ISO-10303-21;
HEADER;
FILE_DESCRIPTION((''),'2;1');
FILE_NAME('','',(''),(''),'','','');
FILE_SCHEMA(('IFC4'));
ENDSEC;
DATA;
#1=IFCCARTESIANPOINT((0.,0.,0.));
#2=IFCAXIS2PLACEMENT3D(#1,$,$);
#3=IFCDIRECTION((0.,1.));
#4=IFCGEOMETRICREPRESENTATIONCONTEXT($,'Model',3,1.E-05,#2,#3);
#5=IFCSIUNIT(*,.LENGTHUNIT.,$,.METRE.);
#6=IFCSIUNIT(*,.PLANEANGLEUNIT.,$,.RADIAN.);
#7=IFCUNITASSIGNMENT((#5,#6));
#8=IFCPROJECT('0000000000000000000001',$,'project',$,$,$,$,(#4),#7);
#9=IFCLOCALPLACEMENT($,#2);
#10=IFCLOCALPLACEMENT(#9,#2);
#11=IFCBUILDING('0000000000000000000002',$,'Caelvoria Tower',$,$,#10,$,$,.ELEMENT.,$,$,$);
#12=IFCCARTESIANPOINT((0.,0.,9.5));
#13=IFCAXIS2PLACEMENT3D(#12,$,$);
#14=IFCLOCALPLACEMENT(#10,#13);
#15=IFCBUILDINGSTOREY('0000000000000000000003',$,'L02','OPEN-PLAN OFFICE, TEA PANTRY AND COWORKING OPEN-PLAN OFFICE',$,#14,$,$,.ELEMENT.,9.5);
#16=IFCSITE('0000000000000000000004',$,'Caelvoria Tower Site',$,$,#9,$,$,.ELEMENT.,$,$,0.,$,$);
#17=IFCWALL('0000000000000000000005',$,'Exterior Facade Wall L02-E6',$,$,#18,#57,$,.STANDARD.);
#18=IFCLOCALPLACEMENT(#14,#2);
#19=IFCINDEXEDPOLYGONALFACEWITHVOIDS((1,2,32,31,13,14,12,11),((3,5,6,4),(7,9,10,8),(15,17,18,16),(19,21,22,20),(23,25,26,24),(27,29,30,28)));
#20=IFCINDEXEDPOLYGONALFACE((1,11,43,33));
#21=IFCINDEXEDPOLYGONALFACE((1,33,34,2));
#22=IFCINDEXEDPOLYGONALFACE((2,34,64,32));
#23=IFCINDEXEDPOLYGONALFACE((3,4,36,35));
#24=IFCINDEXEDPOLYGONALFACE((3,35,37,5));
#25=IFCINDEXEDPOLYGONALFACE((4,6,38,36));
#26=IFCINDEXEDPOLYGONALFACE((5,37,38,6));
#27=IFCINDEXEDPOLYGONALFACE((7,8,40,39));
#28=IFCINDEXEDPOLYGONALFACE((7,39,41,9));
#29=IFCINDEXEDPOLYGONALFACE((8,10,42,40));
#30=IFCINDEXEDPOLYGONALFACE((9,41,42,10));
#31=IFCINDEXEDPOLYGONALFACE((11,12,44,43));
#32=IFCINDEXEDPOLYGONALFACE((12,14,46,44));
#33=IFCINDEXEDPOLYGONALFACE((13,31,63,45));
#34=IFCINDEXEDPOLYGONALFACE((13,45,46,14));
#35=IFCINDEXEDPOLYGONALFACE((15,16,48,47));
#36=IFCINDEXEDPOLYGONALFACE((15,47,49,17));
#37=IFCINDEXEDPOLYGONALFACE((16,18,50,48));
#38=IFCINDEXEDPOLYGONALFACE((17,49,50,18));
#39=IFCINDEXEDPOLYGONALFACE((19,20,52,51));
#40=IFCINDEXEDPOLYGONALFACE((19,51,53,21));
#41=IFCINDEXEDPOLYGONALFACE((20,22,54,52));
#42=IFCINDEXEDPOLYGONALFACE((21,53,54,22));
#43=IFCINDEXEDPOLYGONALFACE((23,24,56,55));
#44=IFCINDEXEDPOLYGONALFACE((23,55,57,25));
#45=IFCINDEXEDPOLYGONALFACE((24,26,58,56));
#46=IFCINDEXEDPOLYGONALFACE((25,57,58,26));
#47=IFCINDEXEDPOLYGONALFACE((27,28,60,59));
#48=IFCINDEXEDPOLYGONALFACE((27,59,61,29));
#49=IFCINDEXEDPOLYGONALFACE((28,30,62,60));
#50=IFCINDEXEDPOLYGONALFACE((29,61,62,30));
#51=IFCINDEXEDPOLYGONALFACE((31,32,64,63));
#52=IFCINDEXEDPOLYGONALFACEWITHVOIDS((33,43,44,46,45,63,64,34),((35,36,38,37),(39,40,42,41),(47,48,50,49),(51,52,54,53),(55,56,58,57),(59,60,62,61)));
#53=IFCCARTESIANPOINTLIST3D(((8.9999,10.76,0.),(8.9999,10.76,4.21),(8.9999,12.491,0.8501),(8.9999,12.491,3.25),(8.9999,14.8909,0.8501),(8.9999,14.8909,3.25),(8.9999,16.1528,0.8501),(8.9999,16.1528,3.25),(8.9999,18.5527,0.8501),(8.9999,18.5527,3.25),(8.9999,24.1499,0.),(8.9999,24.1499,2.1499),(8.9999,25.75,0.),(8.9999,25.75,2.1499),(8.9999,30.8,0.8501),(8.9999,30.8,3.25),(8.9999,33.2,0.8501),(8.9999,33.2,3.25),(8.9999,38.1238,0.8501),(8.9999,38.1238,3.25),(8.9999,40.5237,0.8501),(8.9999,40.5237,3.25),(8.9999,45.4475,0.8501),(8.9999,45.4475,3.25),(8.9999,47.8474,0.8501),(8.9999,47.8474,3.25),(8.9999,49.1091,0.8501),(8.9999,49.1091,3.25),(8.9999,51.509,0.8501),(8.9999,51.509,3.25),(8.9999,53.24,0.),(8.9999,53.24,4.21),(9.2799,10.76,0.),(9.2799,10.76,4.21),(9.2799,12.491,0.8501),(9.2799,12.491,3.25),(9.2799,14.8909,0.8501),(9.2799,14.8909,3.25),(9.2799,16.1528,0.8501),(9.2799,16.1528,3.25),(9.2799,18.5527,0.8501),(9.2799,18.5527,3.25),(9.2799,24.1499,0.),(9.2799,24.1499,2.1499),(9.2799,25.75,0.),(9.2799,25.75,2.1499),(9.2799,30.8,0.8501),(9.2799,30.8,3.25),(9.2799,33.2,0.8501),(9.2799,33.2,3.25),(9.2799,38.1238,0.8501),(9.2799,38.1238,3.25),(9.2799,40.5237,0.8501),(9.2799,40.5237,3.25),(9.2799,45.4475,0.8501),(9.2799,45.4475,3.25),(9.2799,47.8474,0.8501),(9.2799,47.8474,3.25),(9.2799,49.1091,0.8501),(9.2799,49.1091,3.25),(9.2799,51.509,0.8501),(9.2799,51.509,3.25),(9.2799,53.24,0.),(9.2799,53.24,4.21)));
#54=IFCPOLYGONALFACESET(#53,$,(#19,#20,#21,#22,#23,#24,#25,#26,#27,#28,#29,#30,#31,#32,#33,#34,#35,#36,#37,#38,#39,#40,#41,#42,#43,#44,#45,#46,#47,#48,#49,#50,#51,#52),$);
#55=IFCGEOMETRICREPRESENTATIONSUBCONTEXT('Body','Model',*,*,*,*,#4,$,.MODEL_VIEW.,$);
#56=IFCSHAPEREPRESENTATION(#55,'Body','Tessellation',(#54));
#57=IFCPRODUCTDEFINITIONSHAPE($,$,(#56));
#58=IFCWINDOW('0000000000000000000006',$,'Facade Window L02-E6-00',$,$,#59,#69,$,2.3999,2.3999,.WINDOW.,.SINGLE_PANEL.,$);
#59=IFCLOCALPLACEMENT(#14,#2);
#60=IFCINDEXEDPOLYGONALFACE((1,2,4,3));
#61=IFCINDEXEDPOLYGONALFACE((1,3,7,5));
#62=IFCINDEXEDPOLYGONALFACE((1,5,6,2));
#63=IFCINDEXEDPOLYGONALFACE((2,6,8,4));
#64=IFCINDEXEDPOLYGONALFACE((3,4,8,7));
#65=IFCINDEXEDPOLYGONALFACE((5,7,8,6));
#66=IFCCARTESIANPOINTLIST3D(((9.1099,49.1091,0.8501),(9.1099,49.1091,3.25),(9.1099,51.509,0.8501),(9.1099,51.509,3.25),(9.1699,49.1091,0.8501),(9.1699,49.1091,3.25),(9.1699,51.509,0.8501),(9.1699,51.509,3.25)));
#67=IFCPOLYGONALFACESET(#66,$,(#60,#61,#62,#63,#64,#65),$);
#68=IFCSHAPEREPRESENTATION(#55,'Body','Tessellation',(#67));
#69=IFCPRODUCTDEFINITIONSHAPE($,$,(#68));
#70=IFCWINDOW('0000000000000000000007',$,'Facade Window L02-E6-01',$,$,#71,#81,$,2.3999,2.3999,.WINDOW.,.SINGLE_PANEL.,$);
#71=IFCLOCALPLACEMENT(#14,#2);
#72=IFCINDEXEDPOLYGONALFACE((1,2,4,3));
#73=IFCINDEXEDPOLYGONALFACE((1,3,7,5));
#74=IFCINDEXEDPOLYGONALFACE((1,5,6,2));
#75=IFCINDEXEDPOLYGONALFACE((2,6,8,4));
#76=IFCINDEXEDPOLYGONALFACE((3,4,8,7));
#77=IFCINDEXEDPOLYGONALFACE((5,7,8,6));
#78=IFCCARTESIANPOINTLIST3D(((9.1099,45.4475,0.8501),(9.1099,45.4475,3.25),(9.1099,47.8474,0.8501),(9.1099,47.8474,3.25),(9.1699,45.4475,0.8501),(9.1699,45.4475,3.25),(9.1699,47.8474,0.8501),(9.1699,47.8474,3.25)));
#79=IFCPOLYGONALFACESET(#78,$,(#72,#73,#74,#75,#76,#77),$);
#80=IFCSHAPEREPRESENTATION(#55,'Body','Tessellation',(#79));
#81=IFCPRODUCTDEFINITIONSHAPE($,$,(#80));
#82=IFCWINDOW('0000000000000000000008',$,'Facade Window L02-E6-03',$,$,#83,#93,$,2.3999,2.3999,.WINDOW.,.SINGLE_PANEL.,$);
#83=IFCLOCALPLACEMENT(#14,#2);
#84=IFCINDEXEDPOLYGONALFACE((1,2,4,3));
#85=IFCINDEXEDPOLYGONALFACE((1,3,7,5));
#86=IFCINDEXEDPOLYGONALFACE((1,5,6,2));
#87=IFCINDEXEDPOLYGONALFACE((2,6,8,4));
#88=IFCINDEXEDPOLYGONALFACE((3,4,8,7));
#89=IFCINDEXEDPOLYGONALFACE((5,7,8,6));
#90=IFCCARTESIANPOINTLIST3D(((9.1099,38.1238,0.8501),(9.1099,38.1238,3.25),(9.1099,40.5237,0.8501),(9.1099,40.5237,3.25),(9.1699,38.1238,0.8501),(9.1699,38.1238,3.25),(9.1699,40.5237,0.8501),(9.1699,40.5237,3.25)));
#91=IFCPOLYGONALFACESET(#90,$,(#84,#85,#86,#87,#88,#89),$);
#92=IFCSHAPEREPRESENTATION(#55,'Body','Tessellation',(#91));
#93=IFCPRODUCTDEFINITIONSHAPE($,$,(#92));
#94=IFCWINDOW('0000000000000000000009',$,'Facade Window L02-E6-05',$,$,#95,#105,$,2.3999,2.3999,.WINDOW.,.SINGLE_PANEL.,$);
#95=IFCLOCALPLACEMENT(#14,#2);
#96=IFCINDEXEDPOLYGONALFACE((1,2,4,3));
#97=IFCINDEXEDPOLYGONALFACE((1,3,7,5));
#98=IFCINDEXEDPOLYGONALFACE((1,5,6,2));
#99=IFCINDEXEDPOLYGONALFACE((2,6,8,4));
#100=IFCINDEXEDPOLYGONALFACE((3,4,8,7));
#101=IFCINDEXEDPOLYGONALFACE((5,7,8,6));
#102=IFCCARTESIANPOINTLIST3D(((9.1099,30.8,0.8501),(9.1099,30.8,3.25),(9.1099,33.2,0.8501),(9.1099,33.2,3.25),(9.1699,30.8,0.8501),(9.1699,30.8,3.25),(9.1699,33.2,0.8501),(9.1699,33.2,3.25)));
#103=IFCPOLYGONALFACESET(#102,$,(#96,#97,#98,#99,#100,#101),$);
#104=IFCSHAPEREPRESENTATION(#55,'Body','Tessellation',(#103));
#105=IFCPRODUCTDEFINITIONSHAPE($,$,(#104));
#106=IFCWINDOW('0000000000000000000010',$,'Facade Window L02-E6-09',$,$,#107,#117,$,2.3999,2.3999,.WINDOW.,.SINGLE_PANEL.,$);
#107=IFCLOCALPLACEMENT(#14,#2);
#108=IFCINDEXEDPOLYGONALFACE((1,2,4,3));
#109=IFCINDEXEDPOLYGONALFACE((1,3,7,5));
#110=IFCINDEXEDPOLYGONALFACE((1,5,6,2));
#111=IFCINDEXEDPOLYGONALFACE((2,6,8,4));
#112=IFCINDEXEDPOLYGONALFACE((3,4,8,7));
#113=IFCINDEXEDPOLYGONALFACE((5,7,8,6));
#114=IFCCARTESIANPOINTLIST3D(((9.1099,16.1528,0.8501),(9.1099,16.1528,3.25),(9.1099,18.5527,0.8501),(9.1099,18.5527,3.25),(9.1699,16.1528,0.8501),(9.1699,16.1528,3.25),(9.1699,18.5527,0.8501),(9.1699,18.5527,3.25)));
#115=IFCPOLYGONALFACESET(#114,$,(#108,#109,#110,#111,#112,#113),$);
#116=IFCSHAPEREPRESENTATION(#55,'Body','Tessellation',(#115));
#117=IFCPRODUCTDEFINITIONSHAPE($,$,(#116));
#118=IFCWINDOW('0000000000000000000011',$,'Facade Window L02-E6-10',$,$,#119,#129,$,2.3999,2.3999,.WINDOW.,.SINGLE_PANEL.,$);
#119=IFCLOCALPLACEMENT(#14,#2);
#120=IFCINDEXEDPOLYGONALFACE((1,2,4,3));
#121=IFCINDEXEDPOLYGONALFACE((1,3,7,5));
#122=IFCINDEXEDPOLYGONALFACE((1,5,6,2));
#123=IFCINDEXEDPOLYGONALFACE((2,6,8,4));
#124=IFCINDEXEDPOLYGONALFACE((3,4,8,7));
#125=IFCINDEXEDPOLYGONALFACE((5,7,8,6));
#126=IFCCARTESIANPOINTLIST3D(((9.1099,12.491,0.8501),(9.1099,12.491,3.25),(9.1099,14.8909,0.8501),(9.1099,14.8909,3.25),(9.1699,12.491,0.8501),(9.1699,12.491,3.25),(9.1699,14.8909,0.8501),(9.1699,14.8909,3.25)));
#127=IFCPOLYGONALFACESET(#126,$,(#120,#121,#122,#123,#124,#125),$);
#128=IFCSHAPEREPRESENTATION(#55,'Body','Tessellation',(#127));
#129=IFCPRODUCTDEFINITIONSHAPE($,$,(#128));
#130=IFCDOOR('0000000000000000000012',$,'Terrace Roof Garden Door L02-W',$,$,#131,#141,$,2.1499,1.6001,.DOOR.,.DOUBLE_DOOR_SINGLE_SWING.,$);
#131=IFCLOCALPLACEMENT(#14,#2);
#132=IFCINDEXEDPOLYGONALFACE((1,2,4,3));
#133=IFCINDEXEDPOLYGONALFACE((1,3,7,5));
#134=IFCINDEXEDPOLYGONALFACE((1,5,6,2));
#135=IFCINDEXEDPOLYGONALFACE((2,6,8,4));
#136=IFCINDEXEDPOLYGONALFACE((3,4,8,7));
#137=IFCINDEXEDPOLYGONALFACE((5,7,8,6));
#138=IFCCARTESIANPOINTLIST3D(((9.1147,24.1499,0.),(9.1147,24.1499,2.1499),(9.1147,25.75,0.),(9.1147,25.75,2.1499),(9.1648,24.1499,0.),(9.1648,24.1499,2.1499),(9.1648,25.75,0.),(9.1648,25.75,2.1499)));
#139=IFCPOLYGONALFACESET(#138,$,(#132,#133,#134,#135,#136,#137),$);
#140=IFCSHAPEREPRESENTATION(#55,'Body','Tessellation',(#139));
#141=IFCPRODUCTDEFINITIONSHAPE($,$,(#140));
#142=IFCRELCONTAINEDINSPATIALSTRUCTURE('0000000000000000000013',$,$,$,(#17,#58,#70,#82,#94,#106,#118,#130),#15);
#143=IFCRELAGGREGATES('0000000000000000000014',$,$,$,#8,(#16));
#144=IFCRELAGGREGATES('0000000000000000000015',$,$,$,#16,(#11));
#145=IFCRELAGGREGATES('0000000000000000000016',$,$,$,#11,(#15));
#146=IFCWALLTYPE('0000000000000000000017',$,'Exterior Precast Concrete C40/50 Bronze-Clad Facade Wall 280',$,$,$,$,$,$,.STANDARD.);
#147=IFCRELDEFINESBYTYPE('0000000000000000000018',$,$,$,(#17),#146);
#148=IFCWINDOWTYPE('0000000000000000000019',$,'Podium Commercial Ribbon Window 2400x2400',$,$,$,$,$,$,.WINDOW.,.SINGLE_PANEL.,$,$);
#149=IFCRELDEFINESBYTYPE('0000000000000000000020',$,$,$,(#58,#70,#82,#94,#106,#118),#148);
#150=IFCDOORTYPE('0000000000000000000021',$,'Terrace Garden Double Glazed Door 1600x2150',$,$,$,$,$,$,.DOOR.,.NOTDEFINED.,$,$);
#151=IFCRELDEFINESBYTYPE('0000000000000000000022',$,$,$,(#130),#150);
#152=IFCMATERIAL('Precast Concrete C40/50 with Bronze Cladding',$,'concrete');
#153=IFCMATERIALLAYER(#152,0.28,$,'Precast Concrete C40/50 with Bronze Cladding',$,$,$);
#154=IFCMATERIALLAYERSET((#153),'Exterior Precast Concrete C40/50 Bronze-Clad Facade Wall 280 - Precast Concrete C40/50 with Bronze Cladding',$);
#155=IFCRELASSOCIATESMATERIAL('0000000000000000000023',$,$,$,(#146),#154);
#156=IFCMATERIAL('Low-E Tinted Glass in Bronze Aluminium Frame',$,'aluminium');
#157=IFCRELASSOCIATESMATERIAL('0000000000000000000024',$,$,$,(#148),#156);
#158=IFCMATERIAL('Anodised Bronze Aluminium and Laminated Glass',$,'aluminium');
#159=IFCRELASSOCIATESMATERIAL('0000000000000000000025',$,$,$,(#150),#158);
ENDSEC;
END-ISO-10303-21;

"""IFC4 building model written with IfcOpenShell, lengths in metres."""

from ifc_helpers import new_model, si_unit, direction, frame, frame_2d, origin, place, context, subcontext, project, spatial, rectangle, extrude, material, layer, layer_set, type_object, element, fill, save


model = new_model("IFC4")

# Units and contexts
model_context = context("Model", 3, precision=1e-05, world=origin(), true_north=direction((0.0, 1.0)))
body_context = subcontext(model_context, "Body", "Model", "MODEL_VIEW")
ifc_project = project(units=[si_unit("LENGTHUNIT", "METRE"), si_unit("PLANEANGLEUNIT", "RADIAN")], contexts=[model_context])

# Site, building, storey
site_placement = place(None, origin())
site = spatial("IfcSite", under=ifc_project, at=site_placement, Name="Caelvoria Tower Site", CompositionType="ELEMENT", RefElevation=0.0)
building_placement = place(site_placement, origin())
building = spatial("IfcBuilding", under=site, at=building_placement, Name="Caelvoria Tower", CompositionType="ELEMENT")
storey_placement = place(building_placement, frame((0.0, 0.0, 9.5)))
storey = spatial("IfcBuildingStorey", under=building, at=storey_placement, Name="L02", Description="OPEN-PLAN OFFICE, TEA PANTRY AND COWORKING OPEN-PLAN OFFICE", CompositionType="ELEMENT", Elevation=9.5)

# Wall, openings, windows, door
ifc_material_1 = material(Name="Precast Concrete C40/50 with Bronze Cladding", Category="concrete")
ifc_layer_1 = layer(ifc_material_1, 0.28, Name="Precast Concrete C40/50 with Bronze Cladding")
ifc_layer_set_1 = layer_set([ifc_layer_1], Name="Exterior Precast Concrete C40/50 Bronze-Clad Facade Wall 280 - Precast Concrete C40/50 with Bronze Cladding")
wall_type_1 = type_object("IfcWallType", Name="Exterior Precast Concrete C40/50 Bronze-Clad Facade Wall 280", PredefinedType="STANDARD", material=ifc_layer_set_1)
wall_1_placement = place(storey_placement, frame((9.1399, 53.24, 0.0), z_axis=(0.0, 0.0, 1.0), x_axis=(0.0, -1.0, 0.0)))
wall_1 = element("IfcWall", 1, at=wall_1_placement, inside=storey, type_object=wall_type_1, Name="Exterior Facade Wall L02-E6", PredefinedType="STANDARD", context=body_context, shape_type="SweptSolid", body=[
    extrude(rectangle(XDim=42.48, YDim=0.28, at=frame_2d((21.24, 0.0))), origin(), (0.0, 0.0, 1.0), 4.21),
])
opening_1_placement = place(wall_1_placement, frame((27.49, 0.0, 0.0)))
opening_1 = element("IfcOpeningElement", 2, at=opening_1_placement, cuts=wall_1, PredefinedType="OPENING", context=body_context, shape_type="SweptSolid", body=[
    extrude(rectangle(XDim=1.6001, YDim=2.1499, at=frame_2d((0.8, 1.075))), frame((0.0, 0.1499, 0.0), z_axis=(0.0, -1.0, 0.0), x_axis=(1.0, 0.0, 0.0)), (0.0, 0.0, 1.0), 0.3),
])
opening_2_placement = place(wall_1_placement, frame((1.731, 0.0, 0.8501)))
opening_2 = element("IfcOpeningElement", 3, at=opening_2_placement, cuts=wall_1, PredefinedType="OPENING", context=body_context, shape_type="SweptSolid", body=[
    extrude(rectangle(XDim=2.3999, YDim=2.3999, at=frame_2d((1.2, 1.2))), frame((0.0, 0.1499, 0.0), z_axis=(0.0, -1.0, 0.0), x_axis=(1.0, 0.0, 0.0)), (0.0, 0.0, 1.0), 0.3),
])
opening_3_placement = place(wall_1_placement, frame((5.3926, 0.0, 0.8501)))
opening_3 = element("IfcOpeningElement", 4, at=opening_3_placement, cuts=wall_1, PredefinedType="OPENING", context=body_context, shape_type="SweptSolid", body=[
    extrude(rectangle(XDim=2.3999, YDim=2.3999, at=frame_2d((1.2, 1.2))), frame((0.0, 0.1499, 0.0), z_axis=(0.0, -1.0, 0.0), x_axis=(1.0, 0.0, 0.0)), (0.0, 0.0, 1.0), 0.3),
])
opening_4_placement = place(wall_1_placement, frame((12.7163, 0.0, 0.8501)))
opening_4 = element("IfcOpeningElement", 5, at=opening_4_placement, cuts=wall_1, PredefinedType="OPENING", context=body_context, shape_type="SweptSolid", body=[
    extrude(rectangle(XDim=2.3999, YDim=2.3999, at=frame_2d((1.2, 1.2))), frame((0.0, 0.1499, 0.0), z_axis=(0.0, -1.0, 0.0), x_axis=(1.0, 0.0, 0.0)), (0.0, 0.0, 1.0), 0.3),
])
opening_5_placement = place(wall_1_placement, frame((20.04, 0.0, 0.8501)))
opening_5 = element("IfcOpeningElement", 6, at=opening_5_placement, cuts=wall_1, PredefinedType="OPENING", context=body_context, shape_type="SweptSolid", body=[
    extrude(rectangle(XDim=2.3999, YDim=2.3999, at=frame_2d((1.2, 1.2))), frame((0.0, 0.1499, 0.0), z_axis=(0.0, -1.0, 0.0), x_axis=(1.0, 0.0, 0.0)), (0.0, 0.0, 1.0), 0.3),
])
opening_6_placement = place(wall_1_placement, frame((34.6873, 0.0, 0.8501)))
opening_6 = element("IfcOpeningElement", 7, at=opening_6_placement, cuts=wall_1, PredefinedType="OPENING", context=body_context, shape_type="SweptSolid", body=[
    extrude(rectangle(XDim=2.3999, YDim=2.3999, at=frame_2d((1.2, 1.2))), frame((0.0, 0.1499, 0.0), z_axis=(0.0, -1.0, 0.0), x_axis=(1.0, 0.0, 0.0)), (0.0, 0.0, 1.0), 0.3),
])
opening_7_placement = place(wall_1_placement, frame((38.3491, 0.0, 0.8501)))
opening_7 = element("IfcOpeningElement", 8, at=opening_7_placement, cuts=wall_1, PredefinedType="OPENING", context=body_context, shape_type="SweptSolid", body=[
    extrude(rectangle(XDim=2.3999, YDim=2.3999, at=frame_2d((1.2, 1.2))), frame((0.0, 0.1499, 0.0), z_axis=(0.0, -1.0, 0.0), x_axis=(1.0, 0.0, 0.0)), (0.0, 0.0, 1.0), 0.3),
])
ifc_material_2 = material(Name="Low-E Tinted Glass in Bronze Aluminium Frame", Category="aluminium")
window_type = type_object("IfcWindowType", Name="Podium Commercial Ribbon Window 2400x2400", PartitioningType="SINGLE_PANEL", PredefinedType="WINDOW", material=ifc_material_2)
window_1_placement = place(opening_2_placement, origin())
window_1 = element("IfcWindow", 9, at=window_1_placement, inside=storey, type_object=window_type, Name="Facade Window L02-E6-00", OverallHeight=2.3999, OverallWidth=2.3999, PartitioningType="SINGLE_PANEL", PredefinedType="WINDOW", context=body_context, shape_type="SweptSolid", body=[
    extrude(rectangle(XDim=2.3999, YDim=2.3999, at=frame_2d((1.2, 1.2))), frame((0.0, 0.03, 0.0), z_axis=(0.0, -1.0, 0.0), x_axis=(1.0, 0.0, 0.0)), (0.0, 0.0, 1.0), 0.0601),
])
fill(opening_2, window_1)
window_2_placement = place(opening_3_placement, origin())
window_2 = element("IfcWindow", 10, at=window_2_placement, inside=storey, type_object=window_type, Name="Facade Window L02-E6-01", OverallHeight=2.3999, OverallWidth=2.3999, PartitioningType="SINGLE_PANEL", PredefinedType="WINDOW", context=body_context, shape_type="SweptSolid", body=[
    extrude(rectangle(XDim=2.3999, YDim=2.3999, at=frame_2d((1.2, 1.2))), frame((0.0, 0.03, 0.0), z_axis=(0.0, -1.0, 0.0), x_axis=(1.0, 0.0, 0.0)), (0.0, 0.0, 1.0), 0.0601),
])
fill(opening_3, window_2)
window_3_placement = place(opening_4_placement, origin())
window_3 = element("IfcWindow", 11, at=window_3_placement, inside=storey, type_object=window_type, Name="Facade Window L02-E6-03", OverallHeight=2.3999, OverallWidth=2.3999, PartitioningType="SINGLE_PANEL", PredefinedType="WINDOW", context=body_context, shape_type="SweptSolid", body=[
    extrude(rectangle(XDim=2.3999, YDim=2.3999, at=frame_2d((1.2, 1.2))), frame((0.0, 0.03, 0.0), z_axis=(0.0, -1.0, 0.0), x_axis=(1.0, 0.0, 0.0)), (0.0, 0.0, 1.0), 0.0601),
])
fill(opening_4, window_3)
window_4_placement = place(opening_5_placement, origin())
window_4 = element("IfcWindow", 12, at=window_4_placement, inside=storey, type_object=window_type, Name="Facade Window L02-E6-05", OverallHeight=2.3999, OverallWidth=2.3999, PartitioningType="SINGLE_PANEL", PredefinedType="WINDOW", context=body_context, shape_type="SweptSolid", body=[
    extrude(rectangle(XDim=2.3999, YDim=2.3999, at=frame_2d((1.2, 1.2))), frame((0.0, 0.03, 0.0), z_axis=(0.0, -1.0, 0.0), x_axis=(1.0, 0.0, 0.0)), (0.0, 0.0, 1.0), 0.0601),
])
fill(opening_5, window_4)
window_5_placement = place(opening_6_placement, origin())
window_5 = element("IfcWindow", 13, at=window_5_placement, inside=storey, type_object=window_type, Name="Facade Window L02-E6-09", OverallHeight=2.3999, OverallWidth=2.3999, PartitioningType="SINGLE_PANEL", PredefinedType="WINDOW", context=body_context, shape_type="SweptSolid", body=[
    extrude(rectangle(XDim=2.3999, YDim=2.3999, at=frame_2d((1.2, 1.2))), frame((0.0, 0.03, 0.0), z_axis=(0.0, -1.0, 0.0), x_axis=(1.0, 0.0, 0.0)), (0.0, 0.0, 1.0), 0.0601),
])
fill(opening_6, window_5)
window_6_placement = place(opening_7_placement, origin())
window_6 = element("IfcWindow", 14, at=window_6_placement, inside=storey, type_object=window_type, Name="Facade Window L02-E6-10", OverallHeight=2.3999, OverallWidth=2.3999, PartitioningType="SINGLE_PANEL", PredefinedType="WINDOW", context=body_context, shape_type="SweptSolid", body=[
    extrude(rectangle(XDim=2.3999, YDim=2.3999, at=frame_2d((1.2, 1.2))), frame((0.0, 0.03, 0.0), z_axis=(0.0, -1.0, 0.0), x_axis=(1.0, 0.0, 0.0)), (0.0, 0.0, 1.0), 0.0601),
])
fill(opening_7, window_6)
ifc_material_3 = material(Name="Anodised Bronze Aluminium and Laminated Glass", Category="aluminium")
door_type_1 = type_object("IfcDoorType", Name="Terrace Garden Double Glazed Door 1600x2150", OperationType="NOTDEFINED", PredefinedType="DOOR", material=ifc_material_3)
door_1_placement = place(opening_1_placement, origin())
door_1 = element("IfcDoor", 15, at=door_1_placement, inside=storey, type_object=door_type_1, Name="Terrace Roof Garden Door L02-W", OperationType="DOUBLE_DOOR_SINGLE_SWING", OverallHeight=2.1499, OverallWidth=1.6001, PredefinedType="DOOR", context=body_context, shape_type="SweptSolid", body=[
    extrude(rectangle(XDim=1.6001, YDim=2.1499, at=frame_2d((0.8, 1.075))), frame((0.0, 0.0249, 0.0), z_axis=(0.0, -1.0, 0.0), x_axis=(1.0, 0.0, 0.0)), (0.0, 0.0, 1.0), 0.05),
])
fill(opening_1, door_1)

save(model, "model.ifc")
